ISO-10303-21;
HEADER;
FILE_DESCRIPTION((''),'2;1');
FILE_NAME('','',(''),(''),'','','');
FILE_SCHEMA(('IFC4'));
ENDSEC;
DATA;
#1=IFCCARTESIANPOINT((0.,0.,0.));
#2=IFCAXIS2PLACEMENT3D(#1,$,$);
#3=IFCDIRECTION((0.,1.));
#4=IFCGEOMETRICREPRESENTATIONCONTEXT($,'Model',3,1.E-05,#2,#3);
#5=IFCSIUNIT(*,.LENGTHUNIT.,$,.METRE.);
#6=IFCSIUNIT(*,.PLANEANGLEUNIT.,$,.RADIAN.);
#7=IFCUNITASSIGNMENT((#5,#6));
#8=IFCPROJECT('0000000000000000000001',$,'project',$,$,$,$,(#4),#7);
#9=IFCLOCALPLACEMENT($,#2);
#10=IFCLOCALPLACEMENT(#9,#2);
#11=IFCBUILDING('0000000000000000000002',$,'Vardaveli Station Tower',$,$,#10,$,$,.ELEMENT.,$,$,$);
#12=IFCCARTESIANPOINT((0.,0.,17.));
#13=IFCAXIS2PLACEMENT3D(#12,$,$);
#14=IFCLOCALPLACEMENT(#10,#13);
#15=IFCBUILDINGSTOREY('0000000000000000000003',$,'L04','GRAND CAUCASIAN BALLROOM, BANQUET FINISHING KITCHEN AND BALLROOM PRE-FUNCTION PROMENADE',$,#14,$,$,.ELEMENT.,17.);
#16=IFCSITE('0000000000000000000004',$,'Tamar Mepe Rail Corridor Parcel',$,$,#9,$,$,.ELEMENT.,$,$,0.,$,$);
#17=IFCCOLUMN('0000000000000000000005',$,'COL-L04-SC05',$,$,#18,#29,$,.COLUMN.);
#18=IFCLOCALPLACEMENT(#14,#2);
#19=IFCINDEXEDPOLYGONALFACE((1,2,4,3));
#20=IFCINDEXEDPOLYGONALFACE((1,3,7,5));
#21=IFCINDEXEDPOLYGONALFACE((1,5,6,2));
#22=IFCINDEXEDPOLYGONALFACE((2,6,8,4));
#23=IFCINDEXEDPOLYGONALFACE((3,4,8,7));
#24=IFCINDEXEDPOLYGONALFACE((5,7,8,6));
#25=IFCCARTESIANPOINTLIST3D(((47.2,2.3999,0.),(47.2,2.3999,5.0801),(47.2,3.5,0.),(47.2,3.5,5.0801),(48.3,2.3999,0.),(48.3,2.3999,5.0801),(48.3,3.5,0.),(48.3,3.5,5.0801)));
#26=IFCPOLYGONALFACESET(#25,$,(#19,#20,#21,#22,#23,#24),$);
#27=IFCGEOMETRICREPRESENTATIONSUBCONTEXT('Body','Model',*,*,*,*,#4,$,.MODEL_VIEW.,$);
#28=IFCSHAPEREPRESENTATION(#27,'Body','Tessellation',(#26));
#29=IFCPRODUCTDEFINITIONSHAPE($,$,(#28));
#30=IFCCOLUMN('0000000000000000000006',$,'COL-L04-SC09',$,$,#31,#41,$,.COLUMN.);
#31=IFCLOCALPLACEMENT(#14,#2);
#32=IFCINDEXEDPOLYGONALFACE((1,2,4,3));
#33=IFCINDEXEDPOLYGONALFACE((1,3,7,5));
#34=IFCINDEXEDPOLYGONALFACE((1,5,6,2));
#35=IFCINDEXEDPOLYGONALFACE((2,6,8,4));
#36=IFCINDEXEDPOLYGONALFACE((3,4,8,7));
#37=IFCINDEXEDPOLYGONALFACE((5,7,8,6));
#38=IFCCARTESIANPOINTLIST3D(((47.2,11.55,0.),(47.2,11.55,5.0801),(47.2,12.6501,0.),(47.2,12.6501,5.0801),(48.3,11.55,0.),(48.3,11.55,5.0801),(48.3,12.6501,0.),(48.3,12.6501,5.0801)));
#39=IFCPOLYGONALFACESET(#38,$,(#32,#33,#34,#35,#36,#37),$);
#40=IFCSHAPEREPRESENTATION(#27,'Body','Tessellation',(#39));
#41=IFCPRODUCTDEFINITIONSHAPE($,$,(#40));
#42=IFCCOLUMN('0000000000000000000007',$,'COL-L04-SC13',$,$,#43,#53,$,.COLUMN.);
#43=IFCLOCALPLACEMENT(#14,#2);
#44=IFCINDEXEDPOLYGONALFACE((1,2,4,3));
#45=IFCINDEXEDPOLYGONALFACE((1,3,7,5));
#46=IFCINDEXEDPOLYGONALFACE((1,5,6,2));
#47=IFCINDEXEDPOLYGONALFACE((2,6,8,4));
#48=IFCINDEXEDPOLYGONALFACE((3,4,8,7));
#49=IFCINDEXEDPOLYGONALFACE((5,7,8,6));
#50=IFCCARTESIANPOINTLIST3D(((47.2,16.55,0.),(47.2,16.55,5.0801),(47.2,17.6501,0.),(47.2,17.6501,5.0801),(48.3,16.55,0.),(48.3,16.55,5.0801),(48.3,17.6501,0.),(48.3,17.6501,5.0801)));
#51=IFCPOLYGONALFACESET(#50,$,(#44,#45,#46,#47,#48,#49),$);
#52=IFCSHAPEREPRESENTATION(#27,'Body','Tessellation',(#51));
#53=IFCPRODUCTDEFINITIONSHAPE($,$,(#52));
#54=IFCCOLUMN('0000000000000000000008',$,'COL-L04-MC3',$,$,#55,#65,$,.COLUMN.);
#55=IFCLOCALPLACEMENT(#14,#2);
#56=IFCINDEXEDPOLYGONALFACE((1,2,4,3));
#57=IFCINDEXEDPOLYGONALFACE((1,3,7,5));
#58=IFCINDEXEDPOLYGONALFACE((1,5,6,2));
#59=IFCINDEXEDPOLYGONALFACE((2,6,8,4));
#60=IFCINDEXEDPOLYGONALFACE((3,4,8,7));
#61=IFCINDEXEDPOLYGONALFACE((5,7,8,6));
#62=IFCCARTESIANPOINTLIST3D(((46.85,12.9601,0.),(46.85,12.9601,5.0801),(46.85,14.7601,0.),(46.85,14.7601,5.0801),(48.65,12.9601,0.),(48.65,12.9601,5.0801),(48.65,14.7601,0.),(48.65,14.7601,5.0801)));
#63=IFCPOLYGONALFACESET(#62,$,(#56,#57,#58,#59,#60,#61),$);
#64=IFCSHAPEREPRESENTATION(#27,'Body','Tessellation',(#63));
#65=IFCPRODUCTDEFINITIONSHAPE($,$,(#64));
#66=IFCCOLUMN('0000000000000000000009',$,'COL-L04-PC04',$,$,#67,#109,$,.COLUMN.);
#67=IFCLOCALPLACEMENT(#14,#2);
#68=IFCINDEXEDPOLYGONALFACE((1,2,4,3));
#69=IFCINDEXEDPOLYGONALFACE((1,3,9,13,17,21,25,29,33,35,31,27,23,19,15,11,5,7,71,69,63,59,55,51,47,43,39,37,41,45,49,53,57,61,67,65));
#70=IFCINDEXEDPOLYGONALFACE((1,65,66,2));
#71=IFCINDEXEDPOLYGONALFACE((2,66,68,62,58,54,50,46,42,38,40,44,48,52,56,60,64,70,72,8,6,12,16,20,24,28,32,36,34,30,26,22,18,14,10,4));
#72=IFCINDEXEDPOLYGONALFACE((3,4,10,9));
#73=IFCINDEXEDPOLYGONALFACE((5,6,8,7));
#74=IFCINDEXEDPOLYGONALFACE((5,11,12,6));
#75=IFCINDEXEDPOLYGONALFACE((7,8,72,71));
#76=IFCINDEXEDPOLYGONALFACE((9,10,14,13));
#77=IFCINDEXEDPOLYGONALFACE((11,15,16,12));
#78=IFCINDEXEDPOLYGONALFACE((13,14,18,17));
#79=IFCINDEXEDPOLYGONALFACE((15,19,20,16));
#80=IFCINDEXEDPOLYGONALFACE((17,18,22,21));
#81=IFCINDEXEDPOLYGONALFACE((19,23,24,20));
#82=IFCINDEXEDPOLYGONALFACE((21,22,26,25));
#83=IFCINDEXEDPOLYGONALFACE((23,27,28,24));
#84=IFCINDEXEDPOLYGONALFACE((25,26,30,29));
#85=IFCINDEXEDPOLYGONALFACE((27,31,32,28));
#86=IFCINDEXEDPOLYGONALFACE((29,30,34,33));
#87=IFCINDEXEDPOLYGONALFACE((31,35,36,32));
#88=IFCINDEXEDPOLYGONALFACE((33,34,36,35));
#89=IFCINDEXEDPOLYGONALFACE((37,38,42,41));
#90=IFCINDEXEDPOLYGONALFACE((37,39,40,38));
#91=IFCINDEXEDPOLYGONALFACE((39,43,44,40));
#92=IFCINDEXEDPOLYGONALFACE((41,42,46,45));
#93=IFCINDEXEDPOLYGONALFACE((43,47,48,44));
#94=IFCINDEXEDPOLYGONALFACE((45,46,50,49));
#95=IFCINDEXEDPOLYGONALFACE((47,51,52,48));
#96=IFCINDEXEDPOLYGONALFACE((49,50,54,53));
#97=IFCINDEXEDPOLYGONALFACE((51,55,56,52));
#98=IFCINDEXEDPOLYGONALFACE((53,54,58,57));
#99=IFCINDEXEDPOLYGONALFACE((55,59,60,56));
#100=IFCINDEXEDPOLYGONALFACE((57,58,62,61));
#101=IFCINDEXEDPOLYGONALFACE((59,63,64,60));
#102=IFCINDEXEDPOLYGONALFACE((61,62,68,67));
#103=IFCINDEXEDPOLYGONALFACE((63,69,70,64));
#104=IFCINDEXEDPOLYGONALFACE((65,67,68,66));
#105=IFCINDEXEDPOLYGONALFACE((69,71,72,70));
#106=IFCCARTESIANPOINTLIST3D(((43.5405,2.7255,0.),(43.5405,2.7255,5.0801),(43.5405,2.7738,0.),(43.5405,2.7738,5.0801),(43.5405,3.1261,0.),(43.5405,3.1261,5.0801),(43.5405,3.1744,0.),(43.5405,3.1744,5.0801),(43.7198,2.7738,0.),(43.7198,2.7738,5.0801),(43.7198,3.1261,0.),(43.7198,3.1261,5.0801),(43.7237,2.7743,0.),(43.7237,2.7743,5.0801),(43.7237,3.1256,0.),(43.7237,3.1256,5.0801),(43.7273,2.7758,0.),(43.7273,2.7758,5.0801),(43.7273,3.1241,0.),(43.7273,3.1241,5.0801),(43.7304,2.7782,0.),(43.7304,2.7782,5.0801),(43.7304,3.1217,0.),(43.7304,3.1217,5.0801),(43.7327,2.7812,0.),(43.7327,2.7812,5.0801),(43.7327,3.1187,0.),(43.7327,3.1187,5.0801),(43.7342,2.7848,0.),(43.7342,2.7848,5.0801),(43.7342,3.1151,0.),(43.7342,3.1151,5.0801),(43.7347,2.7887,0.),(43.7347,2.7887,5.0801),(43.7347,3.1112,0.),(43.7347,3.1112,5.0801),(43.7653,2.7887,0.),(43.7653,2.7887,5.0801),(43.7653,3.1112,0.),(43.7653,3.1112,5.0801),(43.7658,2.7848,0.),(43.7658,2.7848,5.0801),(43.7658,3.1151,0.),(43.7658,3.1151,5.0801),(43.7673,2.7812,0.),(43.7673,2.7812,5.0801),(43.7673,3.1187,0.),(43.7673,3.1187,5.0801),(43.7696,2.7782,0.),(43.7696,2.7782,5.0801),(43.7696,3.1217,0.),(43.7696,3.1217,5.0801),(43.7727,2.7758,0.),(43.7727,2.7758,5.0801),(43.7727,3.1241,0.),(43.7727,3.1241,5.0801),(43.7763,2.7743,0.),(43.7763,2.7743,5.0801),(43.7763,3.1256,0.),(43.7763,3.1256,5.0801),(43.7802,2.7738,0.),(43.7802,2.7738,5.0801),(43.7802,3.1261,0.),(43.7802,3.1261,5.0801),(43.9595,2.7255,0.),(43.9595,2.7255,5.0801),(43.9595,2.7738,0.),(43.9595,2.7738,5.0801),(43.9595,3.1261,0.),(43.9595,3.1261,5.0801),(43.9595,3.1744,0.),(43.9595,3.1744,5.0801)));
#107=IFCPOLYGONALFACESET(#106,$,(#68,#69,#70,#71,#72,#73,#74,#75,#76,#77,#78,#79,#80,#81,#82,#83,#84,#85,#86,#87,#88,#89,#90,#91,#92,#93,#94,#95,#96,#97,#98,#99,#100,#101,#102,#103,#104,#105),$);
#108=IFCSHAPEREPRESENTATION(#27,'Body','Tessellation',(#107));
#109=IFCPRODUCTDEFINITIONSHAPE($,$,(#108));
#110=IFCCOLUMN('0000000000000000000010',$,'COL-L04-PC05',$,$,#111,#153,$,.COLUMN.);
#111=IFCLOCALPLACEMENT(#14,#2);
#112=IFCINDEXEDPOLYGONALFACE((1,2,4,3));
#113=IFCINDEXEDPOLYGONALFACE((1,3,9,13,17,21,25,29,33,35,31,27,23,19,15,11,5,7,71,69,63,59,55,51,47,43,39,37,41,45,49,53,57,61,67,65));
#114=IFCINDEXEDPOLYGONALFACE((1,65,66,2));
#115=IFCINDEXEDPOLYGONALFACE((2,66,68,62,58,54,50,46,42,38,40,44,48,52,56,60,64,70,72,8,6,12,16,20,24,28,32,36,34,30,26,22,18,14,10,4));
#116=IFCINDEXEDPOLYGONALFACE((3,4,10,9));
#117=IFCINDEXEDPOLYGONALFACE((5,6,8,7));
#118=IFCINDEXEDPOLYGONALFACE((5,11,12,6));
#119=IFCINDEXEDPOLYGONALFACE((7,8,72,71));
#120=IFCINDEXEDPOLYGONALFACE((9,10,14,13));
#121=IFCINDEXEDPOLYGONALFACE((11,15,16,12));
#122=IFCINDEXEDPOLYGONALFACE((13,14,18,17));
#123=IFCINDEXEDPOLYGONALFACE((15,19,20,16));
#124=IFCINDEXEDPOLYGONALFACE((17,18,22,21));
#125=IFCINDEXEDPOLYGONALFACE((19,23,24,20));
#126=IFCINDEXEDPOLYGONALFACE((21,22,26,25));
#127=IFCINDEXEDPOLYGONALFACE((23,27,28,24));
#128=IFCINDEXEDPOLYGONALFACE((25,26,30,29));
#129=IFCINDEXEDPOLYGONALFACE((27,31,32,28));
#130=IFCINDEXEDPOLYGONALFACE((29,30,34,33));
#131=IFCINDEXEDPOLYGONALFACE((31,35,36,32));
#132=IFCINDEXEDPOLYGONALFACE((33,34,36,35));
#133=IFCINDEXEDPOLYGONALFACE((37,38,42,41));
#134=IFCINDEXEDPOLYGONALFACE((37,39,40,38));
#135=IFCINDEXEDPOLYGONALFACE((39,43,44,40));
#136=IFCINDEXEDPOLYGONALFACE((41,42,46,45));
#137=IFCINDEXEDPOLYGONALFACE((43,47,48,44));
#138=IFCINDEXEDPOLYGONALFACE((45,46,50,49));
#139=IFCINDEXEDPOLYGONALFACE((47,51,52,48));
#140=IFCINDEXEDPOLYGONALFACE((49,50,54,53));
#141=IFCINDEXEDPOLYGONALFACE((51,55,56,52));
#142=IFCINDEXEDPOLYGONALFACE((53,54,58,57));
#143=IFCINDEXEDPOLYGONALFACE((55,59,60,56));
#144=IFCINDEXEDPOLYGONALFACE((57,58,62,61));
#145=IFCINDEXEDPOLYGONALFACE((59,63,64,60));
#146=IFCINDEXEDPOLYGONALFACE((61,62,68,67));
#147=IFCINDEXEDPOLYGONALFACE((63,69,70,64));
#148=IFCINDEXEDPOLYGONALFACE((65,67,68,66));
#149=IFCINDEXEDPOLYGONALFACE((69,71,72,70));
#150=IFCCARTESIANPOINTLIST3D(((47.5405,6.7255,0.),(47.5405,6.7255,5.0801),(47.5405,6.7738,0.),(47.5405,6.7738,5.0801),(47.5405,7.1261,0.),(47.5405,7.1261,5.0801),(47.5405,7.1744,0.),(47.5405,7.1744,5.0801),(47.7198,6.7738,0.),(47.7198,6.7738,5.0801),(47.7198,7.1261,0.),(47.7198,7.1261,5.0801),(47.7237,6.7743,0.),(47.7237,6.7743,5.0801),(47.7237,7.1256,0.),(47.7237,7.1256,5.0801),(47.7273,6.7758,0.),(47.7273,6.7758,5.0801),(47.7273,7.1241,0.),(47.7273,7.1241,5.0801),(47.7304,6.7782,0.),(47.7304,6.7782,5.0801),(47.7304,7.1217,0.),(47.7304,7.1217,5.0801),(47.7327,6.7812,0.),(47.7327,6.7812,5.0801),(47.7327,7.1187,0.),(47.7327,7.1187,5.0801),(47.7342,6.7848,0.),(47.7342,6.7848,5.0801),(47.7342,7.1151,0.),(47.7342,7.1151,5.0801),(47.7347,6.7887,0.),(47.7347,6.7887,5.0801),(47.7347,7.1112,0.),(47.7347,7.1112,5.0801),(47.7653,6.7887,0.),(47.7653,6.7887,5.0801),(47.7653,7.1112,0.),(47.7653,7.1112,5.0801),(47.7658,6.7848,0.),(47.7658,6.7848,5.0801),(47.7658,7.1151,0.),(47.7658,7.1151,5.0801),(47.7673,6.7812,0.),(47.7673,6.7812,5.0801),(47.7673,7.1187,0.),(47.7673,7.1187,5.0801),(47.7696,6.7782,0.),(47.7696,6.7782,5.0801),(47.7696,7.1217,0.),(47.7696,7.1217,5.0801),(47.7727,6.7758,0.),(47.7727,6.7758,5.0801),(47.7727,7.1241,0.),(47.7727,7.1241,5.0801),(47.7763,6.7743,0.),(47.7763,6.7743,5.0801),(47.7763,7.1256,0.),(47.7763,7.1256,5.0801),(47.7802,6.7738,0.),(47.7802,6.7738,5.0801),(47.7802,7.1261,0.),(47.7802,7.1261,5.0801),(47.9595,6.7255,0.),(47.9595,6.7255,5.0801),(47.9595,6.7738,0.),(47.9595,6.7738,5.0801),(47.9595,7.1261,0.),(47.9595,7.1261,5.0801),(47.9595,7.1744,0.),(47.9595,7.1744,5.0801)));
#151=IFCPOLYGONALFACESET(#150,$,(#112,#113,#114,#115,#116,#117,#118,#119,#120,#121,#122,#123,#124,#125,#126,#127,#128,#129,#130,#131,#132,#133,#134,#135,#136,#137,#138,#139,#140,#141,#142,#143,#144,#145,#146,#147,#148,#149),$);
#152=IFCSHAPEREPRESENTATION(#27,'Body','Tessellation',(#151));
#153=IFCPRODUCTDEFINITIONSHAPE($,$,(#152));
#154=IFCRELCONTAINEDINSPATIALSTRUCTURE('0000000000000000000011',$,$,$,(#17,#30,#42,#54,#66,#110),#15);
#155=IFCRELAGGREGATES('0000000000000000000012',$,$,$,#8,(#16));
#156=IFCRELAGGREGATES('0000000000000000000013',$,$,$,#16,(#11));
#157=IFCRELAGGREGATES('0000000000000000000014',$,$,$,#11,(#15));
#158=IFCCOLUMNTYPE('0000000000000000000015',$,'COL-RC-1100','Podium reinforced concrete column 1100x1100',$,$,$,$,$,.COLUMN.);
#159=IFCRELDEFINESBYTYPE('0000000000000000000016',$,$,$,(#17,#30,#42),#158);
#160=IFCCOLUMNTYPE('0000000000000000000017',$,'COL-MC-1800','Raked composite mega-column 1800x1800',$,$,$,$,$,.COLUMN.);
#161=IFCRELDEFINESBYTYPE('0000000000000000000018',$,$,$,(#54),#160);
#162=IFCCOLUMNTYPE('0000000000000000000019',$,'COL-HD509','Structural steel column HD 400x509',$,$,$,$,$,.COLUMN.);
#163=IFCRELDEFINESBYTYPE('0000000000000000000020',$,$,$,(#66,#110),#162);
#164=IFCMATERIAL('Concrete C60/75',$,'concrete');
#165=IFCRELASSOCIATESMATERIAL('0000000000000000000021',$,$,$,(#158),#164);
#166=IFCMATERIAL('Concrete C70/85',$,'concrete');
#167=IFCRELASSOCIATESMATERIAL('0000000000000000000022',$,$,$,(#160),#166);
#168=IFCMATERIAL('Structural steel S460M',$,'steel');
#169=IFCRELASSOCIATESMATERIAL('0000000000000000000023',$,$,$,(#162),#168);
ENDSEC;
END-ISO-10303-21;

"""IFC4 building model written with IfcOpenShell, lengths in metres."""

from ifc_helpers import new_model, si_unit, direction, frame, origin, origin_2d, place, context, subcontext, project, spatial, rectangle, i_section, extrude, source, transform, mapped, material, material_profile, profile_set, type_object, element, save


model = new_model("IFC4")

# Units and contexts
model_context = context("Model", 3, precision=1e-05, world=origin(), true_north=direction((0.0, 1.0)))
body_context = subcontext(model_context, "Body", "Model", "MODEL_VIEW")
ifc_project = project(units=[si_unit("LENGTHUNIT", "METRE"), si_unit("PLANEANGLEUNIT", "RADIAN")], contexts=[model_context])

# Site, building, storey
site_placement = place(None, origin())
site = spatial("IfcSite", under=ifc_project, at=site_placement, Name="Tamar Mepe Rail Corridor Parcel", CompositionType="ELEMENT", RefElevation=0.0)
building_placement = place(site_placement, origin())
building = spatial("IfcBuilding", under=site, at=building_placement, Name="Vardaveli Station Tower", CompositionType="ELEMENT")
storey_placement = place(building_placement, frame((0.0, 0.0, 17.0)))
storey = spatial("IfcBuildingStorey", under=building, at=storey_placement, Name="L04", Description="GRAND CAUCASIAN BALLROOM, BANQUET FINISHING KITCHEN AND BALLROOM PRE-FUNCTION PROMENADE", CompositionType="ELEMENT", Elevation=17.0)

# Columns
ifc_material_1 = material(Name="Concrete C60/75", Category="concrete")
ifc_material_profile_1 = material_profile(ifc_material_1, rectangle(XDim=1.1001, YDim=1.1001, at=origin_2d()), Name="RC 1100x1100")
ifc_profile_set_1 = profile_set([ifc_material_profile_1], Name="Concrete C60/75")
column_type_1 = type_object("IfcColumnType", Name="COL-RC-1100", Description="Podium reinforced concrete column 1100x1100", PredefinedType="COLUMN", material=ifc_profile_set_1)
shared_shape_1 = source(origin(), body_context, "Body", "SweptSolid", [
    extrude(rectangle(XDim=1.1001, YDim=1.1001, at=origin_2d()), origin(), (0.0, 0.0, 1.0), 5.0801),
])
for number, where, z_axis, x_axis, name in (
    (1, (47.75, 2.95, 0.0), (0.0, 0.0, 1.0), (1.0, 0.0, 0.0), "COL-L04-SC05"),
    (2, (47.75, 12.1001, 0.0), (0.0, 0.0, 1.0), (1.0, 0.0, 0.0), "COL-L04-SC09"),
    (3, (47.75, 17.1001, 0.0), (0.0, 0.0, 1.0), (1.0, 0.0, 0.0), "COL-L04-SC13"),
):
    element("IfcColumn", number, at=place(storey_placement, frame(where, z_axis=z_axis, x_axis=x_axis)), inside=storey, type_object=column_type_1, Name=name, PredefinedType="COLUMN", context=body_context, shape_type="MappedRepresentation", body=[
        mapped(shared_shape_1, transform((0.0, 0.0, 0.0), scale=1.0)),
    ])
ifc_material_2 = material(Name="Concrete C70/85", Category="concrete")
ifc_material_profile_2 = material_profile(ifc_material_2, rectangle(XDim=1.8, YDim=1.8, at=origin_2d()), Name="MC 1800x1800")
ifc_profile_set_2 = profile_set([ifc_material_profile_2], Name="Concrete C70/85")
column_type_2 = type_object("IfcColumnType", Name="COL-MC-1800", Description="Raked composite mega-column 1800x1800", PredefinedType="COLUMN", material=ifc_profile_set_2)
shared_shape_2 = source(origin(), body_context, "Body", "SweptSolid", [
    extrude(rectangle(XDim=1.8, YDim=1.8, at=origin_2d()), origin(), (0.0, 0.0, 1.0), 5.0801),
])
column_placement = place(storey_placement, frame((47.75, 13.8601, 0.0), z_axis=(0.0, 0.0, 1.0), x_axis=(1.0, 0.0, 0.0)))
element("IfcColumn", 4, at=column_placement, inside=storey, type_object=column_type_2, Name="COL-L04-MC3", PredefinedType="COLUMN", context=body_context, shape_type="MappedRepresentation", body=[
    mapped(shared_shape_2, transform((0.0, 0.0, 0.0), scale=1.0)),
])
ifc_material_3 = material(Name="Structural steel S460M", Category="steel")
ifc_material_profile_3 = material_profile(ifc_material_3, i_section(OverallWidth=0.4189, OverallDepth=0.449, WebThickness=0.0305, FlangeThickness=0.0483, FilletRadius=0.0149, at=origin_2d()), Name="HD 400x509")
ifc_profile_set_3 = profile_set([ifc_material_profile_3], Name="Structural steel S460M")
column_type_3 = type_object("IfcColumnType", Name="COL-HD509", Description="Structural steel column HD 400x509", PredefinedType="COLUMN", material=ifc_profile_set_3)
shared_shape_3 = source(origin(), body_context, "Body", "SweptSolid", [
    extrude(i_section(OverallWidth=0.4189, OverallDepth=0.449, WebThickness=0.0305, FlangeThickness=0.0483, FilletRadius=0.0149, at=origin_2d()), origin(), (0.0, 0.0, 1.0), 5.0801),
])
for number, where, z_axis, x_axis, name in (
    (5, (43.75, 2.95, 0.0), (0.0, 0.0, 1.0), (1.0, 0.0, 0.0), "COL-L04-PC04"),
    (6, (47.75, 6.95, 0.0), (0.0, 0.0, 1.0), (1.0, 0.0, 0.0), "COL-L04-PC05"),
):
    element("IfcColumn", number, at=place(storey_placement, frame(where, z_axis=z_axis, x_axis=x_axis)), inside=storey, type_object=column_type_3, Name=name, PredefinedType="COLUMN", context=body_context, shape_type="MappedRepresentation", body=[
        mapped(shared_shape_3, transform((0.0, 0.0, 0.0), scale=1.0)),
    ])

save(model, "model.ifc")
